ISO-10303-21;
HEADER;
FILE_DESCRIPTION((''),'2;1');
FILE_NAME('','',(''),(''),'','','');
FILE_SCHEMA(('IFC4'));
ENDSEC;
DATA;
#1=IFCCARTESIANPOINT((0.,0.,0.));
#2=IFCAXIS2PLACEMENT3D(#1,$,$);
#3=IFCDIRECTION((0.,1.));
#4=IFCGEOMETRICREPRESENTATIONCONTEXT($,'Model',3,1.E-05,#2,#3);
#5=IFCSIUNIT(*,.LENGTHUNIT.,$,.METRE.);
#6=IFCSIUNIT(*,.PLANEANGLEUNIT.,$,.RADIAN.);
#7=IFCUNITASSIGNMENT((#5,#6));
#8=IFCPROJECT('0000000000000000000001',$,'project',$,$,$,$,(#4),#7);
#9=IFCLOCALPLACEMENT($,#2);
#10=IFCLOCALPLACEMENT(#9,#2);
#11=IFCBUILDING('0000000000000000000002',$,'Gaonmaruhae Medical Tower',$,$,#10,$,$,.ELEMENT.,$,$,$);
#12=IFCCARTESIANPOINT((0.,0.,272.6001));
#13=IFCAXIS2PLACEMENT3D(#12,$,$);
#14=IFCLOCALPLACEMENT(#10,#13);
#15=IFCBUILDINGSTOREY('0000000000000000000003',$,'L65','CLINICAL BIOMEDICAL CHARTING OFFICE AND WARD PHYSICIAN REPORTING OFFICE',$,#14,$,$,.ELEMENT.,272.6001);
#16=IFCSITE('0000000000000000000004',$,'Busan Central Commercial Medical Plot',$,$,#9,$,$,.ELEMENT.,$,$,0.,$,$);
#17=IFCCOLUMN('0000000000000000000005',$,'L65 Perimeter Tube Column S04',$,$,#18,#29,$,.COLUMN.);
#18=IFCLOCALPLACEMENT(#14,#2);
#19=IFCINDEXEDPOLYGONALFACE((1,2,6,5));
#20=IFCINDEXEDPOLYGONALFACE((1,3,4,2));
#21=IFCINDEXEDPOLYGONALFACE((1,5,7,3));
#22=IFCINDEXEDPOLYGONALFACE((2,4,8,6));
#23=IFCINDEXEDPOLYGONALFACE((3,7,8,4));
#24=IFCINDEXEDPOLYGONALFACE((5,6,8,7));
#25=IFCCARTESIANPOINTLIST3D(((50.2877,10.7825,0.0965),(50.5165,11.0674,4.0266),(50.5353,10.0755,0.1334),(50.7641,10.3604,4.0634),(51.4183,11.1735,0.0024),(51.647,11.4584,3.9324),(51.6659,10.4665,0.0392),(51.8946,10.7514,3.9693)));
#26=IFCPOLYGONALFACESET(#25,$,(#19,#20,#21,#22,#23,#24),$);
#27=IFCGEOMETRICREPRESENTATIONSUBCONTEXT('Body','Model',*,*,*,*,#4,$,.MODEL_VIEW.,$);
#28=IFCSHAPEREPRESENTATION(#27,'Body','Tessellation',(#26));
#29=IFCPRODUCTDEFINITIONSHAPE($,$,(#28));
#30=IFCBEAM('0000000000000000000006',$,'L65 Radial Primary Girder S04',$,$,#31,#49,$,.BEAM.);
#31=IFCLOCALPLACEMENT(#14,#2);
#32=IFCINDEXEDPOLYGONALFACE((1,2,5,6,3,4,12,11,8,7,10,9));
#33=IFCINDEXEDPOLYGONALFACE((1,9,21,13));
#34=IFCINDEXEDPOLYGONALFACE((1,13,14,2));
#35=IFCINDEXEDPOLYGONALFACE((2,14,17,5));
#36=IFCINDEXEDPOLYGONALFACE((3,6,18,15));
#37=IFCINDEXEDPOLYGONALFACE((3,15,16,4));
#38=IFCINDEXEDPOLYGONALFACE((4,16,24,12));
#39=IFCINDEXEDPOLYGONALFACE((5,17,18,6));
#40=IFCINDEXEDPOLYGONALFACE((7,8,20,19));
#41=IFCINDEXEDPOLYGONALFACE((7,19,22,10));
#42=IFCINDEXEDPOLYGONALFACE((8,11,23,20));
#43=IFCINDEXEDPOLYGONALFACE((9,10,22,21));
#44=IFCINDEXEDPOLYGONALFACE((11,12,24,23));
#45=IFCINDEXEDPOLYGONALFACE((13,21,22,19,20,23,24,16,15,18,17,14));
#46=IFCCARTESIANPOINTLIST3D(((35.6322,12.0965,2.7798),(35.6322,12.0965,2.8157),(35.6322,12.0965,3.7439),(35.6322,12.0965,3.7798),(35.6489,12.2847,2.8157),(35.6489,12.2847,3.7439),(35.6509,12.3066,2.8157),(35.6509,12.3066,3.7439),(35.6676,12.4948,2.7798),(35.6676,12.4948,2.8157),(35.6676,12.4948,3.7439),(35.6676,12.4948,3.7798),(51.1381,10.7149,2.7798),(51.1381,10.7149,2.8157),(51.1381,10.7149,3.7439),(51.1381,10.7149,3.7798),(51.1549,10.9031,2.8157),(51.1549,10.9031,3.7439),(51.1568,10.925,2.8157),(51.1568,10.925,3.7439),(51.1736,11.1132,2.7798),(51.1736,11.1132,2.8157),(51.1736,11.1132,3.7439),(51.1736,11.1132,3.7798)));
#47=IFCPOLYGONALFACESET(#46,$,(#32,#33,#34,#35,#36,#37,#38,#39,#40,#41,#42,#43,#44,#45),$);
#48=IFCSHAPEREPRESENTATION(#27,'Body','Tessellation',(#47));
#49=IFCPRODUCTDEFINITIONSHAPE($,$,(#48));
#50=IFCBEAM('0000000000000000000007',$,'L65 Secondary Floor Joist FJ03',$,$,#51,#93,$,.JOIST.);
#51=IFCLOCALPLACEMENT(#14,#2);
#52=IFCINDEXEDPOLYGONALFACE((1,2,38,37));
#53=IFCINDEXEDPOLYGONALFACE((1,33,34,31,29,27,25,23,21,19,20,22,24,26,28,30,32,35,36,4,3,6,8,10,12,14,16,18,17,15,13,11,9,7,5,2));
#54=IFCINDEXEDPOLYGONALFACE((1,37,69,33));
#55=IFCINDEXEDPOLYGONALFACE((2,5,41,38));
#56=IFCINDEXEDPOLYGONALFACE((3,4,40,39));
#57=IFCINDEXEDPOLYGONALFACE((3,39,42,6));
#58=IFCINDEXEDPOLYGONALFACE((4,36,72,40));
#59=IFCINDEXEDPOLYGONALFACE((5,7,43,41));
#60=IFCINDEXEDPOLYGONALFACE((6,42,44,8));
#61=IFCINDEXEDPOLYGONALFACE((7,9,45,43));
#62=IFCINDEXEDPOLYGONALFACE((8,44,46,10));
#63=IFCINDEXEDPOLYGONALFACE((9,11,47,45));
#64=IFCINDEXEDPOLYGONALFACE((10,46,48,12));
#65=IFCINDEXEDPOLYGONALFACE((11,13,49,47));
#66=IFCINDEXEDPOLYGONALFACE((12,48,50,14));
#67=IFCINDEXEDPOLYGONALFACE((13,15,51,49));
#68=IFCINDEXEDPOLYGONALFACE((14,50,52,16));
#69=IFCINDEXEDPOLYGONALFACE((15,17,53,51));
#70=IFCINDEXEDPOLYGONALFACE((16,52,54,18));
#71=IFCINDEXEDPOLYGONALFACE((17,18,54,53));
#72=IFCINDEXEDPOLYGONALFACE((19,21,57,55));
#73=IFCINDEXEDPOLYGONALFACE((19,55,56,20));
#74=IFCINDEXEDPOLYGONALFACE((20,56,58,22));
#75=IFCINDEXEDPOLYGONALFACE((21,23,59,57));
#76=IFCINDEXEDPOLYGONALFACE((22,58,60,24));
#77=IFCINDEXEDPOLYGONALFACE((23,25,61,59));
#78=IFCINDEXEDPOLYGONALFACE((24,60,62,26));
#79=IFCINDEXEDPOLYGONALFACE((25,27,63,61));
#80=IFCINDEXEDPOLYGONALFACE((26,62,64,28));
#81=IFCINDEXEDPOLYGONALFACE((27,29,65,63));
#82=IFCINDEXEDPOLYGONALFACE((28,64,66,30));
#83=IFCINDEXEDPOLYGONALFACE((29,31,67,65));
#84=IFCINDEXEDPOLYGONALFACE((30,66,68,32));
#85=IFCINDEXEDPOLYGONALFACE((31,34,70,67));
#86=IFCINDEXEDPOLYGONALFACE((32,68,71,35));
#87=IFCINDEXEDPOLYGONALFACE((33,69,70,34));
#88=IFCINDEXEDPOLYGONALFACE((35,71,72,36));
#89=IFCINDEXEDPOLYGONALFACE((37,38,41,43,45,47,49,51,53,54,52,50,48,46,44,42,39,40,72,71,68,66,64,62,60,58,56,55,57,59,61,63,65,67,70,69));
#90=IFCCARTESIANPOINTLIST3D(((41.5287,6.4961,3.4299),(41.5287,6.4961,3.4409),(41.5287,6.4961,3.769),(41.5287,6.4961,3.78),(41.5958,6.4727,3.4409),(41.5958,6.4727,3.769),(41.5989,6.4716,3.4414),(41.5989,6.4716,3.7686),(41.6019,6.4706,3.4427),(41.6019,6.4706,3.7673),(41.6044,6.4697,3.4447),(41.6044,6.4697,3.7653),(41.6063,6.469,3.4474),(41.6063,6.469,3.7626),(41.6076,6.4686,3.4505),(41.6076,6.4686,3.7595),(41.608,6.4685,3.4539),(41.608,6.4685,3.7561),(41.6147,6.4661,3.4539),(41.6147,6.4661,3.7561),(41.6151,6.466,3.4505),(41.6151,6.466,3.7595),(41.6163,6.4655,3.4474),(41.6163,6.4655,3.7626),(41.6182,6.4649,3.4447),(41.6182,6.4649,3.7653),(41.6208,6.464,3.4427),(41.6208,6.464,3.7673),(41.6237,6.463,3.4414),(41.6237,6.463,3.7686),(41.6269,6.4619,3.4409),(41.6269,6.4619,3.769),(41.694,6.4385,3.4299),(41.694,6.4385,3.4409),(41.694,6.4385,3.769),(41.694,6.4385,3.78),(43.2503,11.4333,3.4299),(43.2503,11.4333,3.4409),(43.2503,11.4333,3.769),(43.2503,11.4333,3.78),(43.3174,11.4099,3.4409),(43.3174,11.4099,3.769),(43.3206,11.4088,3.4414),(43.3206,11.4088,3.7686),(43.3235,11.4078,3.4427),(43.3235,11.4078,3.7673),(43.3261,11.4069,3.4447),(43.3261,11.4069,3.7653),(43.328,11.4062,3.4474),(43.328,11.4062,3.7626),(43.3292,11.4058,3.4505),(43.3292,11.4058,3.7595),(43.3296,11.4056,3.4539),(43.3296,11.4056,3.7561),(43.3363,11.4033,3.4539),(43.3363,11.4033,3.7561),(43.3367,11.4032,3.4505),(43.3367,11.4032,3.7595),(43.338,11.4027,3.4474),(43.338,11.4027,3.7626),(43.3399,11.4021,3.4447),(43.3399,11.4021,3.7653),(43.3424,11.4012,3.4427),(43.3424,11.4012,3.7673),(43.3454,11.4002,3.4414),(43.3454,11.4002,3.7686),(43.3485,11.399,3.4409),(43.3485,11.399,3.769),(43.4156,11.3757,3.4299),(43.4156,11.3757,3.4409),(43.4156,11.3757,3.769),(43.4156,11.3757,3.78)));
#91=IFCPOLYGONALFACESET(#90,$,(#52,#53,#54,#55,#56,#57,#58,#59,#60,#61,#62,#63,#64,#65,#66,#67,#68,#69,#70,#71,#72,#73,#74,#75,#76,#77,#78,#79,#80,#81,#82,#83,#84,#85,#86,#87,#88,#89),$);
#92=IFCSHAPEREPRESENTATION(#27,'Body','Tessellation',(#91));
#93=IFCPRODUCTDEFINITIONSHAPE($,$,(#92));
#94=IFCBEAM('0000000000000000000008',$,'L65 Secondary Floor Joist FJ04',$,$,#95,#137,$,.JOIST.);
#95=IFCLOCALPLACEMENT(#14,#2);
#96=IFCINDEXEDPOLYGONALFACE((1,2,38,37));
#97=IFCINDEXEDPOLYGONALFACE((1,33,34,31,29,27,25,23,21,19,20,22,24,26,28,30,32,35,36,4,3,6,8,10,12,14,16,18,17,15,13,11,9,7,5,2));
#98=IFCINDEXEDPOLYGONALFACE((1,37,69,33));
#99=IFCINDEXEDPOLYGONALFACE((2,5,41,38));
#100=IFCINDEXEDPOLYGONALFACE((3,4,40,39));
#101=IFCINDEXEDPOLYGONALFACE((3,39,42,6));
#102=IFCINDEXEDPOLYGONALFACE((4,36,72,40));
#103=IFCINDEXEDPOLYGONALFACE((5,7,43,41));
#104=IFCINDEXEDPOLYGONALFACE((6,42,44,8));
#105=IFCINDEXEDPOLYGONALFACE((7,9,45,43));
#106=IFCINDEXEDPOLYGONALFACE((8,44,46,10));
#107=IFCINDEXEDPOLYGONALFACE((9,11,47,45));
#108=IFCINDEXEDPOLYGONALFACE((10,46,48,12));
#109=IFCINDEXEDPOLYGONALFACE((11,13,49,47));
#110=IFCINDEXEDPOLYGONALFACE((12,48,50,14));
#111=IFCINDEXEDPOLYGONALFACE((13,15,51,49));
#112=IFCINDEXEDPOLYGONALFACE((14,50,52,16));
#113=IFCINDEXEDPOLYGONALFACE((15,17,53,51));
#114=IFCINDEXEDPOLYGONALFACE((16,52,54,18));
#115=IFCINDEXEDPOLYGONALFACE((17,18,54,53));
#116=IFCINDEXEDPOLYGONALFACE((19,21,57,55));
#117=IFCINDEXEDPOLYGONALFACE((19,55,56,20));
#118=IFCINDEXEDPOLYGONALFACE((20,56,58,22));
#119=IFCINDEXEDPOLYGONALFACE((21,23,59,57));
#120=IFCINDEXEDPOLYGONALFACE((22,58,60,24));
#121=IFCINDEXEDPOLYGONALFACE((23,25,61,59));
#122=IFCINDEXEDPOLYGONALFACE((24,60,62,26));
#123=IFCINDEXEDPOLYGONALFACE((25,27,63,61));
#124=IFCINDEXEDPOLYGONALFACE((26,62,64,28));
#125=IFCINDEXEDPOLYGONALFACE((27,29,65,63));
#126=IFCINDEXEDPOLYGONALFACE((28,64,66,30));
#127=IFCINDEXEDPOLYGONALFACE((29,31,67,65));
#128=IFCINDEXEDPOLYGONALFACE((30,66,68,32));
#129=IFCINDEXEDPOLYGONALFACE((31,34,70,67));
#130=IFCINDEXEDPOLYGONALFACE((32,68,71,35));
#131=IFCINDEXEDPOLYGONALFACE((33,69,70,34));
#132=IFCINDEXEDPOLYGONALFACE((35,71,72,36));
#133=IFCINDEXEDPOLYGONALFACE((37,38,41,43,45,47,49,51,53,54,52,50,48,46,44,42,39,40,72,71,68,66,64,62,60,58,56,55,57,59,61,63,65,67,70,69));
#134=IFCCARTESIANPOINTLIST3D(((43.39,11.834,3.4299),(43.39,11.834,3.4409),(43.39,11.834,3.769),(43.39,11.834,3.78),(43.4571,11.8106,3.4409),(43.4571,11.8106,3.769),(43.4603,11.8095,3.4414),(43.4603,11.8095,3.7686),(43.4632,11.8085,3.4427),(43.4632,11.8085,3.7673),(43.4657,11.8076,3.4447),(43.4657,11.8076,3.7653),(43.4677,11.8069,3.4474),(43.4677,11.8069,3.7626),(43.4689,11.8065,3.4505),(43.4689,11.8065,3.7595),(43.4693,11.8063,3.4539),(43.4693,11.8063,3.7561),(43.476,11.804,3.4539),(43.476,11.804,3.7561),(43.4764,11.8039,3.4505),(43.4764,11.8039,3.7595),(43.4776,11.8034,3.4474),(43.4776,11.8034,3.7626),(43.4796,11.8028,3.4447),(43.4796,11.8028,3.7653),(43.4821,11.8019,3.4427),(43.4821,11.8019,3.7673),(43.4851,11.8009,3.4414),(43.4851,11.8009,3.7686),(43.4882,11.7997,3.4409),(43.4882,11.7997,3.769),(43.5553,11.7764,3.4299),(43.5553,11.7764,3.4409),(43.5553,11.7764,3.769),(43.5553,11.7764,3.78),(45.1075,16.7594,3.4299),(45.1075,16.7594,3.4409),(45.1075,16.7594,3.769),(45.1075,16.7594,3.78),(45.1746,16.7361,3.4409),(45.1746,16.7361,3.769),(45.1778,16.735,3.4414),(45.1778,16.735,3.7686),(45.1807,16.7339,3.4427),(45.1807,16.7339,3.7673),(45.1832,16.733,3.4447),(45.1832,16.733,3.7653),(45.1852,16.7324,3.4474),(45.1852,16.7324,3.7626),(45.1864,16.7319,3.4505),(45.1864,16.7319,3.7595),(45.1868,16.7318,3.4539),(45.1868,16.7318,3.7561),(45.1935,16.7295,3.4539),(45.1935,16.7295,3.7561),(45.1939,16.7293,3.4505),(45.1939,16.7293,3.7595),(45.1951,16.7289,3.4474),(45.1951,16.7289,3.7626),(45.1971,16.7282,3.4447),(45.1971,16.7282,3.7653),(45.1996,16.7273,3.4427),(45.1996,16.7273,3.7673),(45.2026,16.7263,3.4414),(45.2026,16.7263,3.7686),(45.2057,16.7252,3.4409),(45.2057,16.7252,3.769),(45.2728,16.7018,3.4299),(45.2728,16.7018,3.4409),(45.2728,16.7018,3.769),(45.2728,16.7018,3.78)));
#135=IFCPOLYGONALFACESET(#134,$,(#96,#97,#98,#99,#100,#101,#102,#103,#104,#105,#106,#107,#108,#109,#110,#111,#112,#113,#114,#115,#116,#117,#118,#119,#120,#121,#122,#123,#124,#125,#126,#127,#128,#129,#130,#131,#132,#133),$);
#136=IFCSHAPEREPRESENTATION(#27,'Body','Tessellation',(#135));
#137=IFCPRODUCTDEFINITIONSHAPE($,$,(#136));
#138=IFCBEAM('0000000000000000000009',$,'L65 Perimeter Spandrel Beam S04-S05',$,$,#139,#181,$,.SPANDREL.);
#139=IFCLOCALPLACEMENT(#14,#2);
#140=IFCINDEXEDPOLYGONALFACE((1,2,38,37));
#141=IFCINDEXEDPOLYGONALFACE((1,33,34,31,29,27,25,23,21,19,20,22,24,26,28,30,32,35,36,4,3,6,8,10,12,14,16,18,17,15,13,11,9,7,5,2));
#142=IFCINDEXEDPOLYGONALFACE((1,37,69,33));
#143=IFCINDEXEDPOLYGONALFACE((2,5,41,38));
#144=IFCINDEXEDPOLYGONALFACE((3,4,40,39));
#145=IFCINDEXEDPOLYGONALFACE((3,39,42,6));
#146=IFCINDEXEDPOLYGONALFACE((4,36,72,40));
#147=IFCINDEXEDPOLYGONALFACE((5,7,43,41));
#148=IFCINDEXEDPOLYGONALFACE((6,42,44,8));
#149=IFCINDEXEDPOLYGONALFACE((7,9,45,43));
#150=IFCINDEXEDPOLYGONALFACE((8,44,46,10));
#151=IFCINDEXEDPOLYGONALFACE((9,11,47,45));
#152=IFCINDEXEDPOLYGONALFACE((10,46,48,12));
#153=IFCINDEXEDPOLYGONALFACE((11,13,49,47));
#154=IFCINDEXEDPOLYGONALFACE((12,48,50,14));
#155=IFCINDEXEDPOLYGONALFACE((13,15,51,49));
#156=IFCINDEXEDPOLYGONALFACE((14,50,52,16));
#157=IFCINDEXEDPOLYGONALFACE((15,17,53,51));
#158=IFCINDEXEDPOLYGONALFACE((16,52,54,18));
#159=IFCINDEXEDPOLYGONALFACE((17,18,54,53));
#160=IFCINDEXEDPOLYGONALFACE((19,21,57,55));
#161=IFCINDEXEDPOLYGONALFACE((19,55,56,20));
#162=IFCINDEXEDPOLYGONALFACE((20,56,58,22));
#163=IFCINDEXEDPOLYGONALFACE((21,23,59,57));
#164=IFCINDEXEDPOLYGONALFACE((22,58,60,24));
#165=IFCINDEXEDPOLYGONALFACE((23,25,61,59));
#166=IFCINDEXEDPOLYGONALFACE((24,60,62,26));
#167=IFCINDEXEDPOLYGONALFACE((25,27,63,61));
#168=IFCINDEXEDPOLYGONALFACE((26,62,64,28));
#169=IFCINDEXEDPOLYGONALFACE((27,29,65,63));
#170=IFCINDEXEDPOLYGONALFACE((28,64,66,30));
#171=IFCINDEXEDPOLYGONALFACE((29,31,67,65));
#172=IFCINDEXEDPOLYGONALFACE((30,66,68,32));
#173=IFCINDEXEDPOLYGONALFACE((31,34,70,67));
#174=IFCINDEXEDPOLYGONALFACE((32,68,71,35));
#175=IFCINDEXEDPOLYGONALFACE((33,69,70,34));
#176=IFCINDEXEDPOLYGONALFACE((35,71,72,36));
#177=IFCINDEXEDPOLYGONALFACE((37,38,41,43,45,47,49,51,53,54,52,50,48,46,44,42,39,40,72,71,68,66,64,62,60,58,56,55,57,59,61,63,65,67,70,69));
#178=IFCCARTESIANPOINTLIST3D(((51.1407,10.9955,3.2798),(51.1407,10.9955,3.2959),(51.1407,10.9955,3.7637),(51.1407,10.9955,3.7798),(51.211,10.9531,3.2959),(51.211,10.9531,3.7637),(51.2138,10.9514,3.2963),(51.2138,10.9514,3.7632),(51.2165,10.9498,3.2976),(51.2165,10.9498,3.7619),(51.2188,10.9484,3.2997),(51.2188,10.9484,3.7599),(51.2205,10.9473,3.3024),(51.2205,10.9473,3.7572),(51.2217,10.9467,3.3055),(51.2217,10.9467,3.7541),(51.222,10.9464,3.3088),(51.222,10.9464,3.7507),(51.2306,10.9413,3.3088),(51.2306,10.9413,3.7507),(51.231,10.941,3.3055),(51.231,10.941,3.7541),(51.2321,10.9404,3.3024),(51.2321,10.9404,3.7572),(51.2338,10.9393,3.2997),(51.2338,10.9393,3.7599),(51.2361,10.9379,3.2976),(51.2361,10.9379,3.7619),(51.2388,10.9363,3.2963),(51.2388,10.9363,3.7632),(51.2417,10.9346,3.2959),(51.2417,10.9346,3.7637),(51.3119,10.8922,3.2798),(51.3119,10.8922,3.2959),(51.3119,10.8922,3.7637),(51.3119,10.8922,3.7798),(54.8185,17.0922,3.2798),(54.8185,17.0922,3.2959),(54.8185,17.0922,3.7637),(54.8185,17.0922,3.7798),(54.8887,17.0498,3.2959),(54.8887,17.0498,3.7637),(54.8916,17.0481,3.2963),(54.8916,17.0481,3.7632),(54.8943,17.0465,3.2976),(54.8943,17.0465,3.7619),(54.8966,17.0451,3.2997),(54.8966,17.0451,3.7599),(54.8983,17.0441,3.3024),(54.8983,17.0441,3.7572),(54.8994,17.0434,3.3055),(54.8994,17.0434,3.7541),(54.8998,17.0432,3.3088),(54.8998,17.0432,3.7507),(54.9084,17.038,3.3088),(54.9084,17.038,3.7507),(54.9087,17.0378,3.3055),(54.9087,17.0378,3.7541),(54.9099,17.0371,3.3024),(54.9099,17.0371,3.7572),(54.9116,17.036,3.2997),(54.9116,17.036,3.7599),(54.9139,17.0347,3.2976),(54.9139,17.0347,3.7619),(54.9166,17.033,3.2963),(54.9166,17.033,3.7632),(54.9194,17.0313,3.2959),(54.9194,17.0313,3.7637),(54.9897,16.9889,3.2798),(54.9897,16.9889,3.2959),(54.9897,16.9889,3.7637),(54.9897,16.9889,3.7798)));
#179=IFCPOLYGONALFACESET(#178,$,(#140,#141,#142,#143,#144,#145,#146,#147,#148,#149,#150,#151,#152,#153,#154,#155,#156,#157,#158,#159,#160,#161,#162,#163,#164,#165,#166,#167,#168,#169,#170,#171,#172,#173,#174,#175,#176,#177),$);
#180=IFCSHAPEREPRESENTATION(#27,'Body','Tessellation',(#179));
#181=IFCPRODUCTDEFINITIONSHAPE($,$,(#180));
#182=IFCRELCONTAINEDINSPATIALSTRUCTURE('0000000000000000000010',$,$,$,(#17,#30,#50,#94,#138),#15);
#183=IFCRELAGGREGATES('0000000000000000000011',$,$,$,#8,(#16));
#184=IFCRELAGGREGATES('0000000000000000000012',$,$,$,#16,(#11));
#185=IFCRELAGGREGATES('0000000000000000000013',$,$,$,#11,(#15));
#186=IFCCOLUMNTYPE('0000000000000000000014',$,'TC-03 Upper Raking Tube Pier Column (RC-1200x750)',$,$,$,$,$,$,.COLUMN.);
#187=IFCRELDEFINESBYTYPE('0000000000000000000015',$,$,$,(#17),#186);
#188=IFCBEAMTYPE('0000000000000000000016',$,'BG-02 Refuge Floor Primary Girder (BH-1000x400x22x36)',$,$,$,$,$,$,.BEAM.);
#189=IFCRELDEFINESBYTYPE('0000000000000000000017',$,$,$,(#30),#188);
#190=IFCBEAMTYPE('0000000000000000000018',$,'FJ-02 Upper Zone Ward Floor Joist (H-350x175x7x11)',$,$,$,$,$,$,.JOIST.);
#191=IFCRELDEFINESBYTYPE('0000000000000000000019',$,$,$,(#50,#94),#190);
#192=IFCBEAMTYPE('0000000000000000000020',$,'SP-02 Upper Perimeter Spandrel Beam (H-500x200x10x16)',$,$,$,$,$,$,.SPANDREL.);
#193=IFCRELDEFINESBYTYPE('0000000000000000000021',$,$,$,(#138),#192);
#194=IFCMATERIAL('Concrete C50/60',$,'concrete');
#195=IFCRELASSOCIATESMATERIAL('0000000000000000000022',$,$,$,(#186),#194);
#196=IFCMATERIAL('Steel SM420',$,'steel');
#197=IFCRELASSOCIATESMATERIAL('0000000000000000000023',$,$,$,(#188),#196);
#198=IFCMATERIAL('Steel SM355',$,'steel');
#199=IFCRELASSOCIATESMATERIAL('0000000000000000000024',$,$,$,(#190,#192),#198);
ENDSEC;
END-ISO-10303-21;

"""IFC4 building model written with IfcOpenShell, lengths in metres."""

from ifc_helpers import new_model, si_unit, direction, frame, origin, origin_2d, place, context, subcontext, project, spatial, rectangle, i_section, extrude, material, material_profile, profile_set, type_object, element, save


model = new_model("IFC4")

# Units and contexts
model_context = context("Model", 3, precision=1e-05, world=origin(), true_north=direction((0.0, 1.0)))
body_context = subcontext(model_context, "Body", "Model", "MODEL_VIEW")
ifc_project = project(units=[si_unit("LENGTHUNIT", "METRE"), si_unit("PLANEANGLEUNIT", "RADIAN")], contexts=[model_context])

# Site, building, storey
site_placement = place(None, origin())
site = spatial("IfcSite", under=ifc_project, at=site_placement, Name="Busan Central Commercial Medical Plot", CompositionType="ELEMENT", RefElevation=0.0)
building_placement = place(site_placement, origin())
building = spatial("IfcBuilding", under=site, at=building_placement, Name="Gaonmaruhae Medical Tower", CompositionType="ELEMENT")
storey_placement = place(building_placement, frame((0.0, 0.0, 272.6001)))
storey = spatial("IfcBuildingStorey", under=building, at=storey_placement, Name="L65", Description="CLINICAL BIOMEDICAL CHARTING OFFICE AND WARD PHYSICIAN REPORTING OFFICE", CompositionType="ELEMENT", Elevation=272.6001)

# Column
ifc_material_1 = material(Name="Concrete C50/60", Category="concrete")
ifc_material_profile_1 = material_profile(ifc_material_1, rectangle(XDim=1.2, YDim=0.75, at=origin_2d()), Name="RC-1200x750")
ifc_profile_set_1 = profile_set([ifc_material_profile_1], Name="Concrete C50/60")
column_type = type_object("IfcColumnType", Name="TC-03 Upper Raking Tube Pier Column (RC-1200x750)", PredefinedType="COLUMN", material=ifc_profile_set_1)
column_placement = place(storey_placement, frame((50.9768, 10.6245, 0.0679), z_axis=(0.057956, 0.072182, 0.995706), x_axis=(-0.942164, -0.32584, 0.078461)))
element("IfcColumn", 1, at=column_placement, inside=storey, type_object=column_type, Name="L65 Perimeter Tube Column S04", PredefinedType="COLUMN", context=body_context, shape_type="SweptSolid", body=[
    extrude(rectangle(XDim=1.2, YDim=0.75, at=origin_2d()), origin(), (0.0, 0.0, 1.0), 3.947),
])

# Beams
ifc_material_2 = material(Name="Steel SM420", Category="steel")
ifc_material_profile_2 = material_profile(ifc_material_2, i_section(OverallWidth=0.3999, OverallDepth=1.0, WebThickness=0.022, FlangeThickness=0.0359, at=origin_2d()), Name="BH-1000x400x22x36")
ifc_profile_set_2 = profile_set([ifc_material_profile_2], Name="Steel SM420")
beam_type_1 = type_object("IfcBeamType", Name="BG-02 Refuge Floor Primary Girder (BH-1000x400x22x36)", PredefinedType="BEAM", material=ifc_profile_set_2)
beam_1_placement = place(storey_placement, frame((35.6499, 12.2957, 3.2798), z_axis=(0.996054, -0.08875, 0.0), x_axis=(0.08875, 0.996054, 0.0)))
element("IfcBeam", 2, at=beam_1_placement, inside=storey, type_object=beam_type_1, Name="L65 Radial Primary Girder S04", PredefinedType="BEAM", context=body_context, shape_type="SweptSolid", body=[
    extrude(i_section(OverallWidth=0.3999, OverallDepth=1.0, WebThickness=0.022, FlangeThickness=0.0359, at=origin_2d()), origin(), (0.0, 0.0, 1.0), 15.5674),
])
ifc_material_3 = material(Name="Steel SM355", Category="steel")
ifc_material_profile_3 = material_profile(ifc_material_3, i_section(OverallWidth=0.175, OverallDepth=0.3501, WebThickness=0.0071, FlangeThickness=0.011, FilletRadius=0.0129, at=origin_2d()), Name="H-350x175x7x11")
ifc_profile_set_3 = profile_set([ifc_material_profile_3], Name="Steel SM355")
beam_type_2 = type_object("IfcBeamType", Name="FJ-02 Upper Zone Ward Floor Joist (H-350x175x7x11)", PredefinedType="JOIST", material=ifc_profile_set_3)
beam_2_placement = place(storey_placement, frame((41.6113, 6.4673, 3.605), z_axis=(0.329267, 0.944237, 0.0), x_axis=(-0.944237, 0.329267, 0.0)))
element("IfcBeam", 3, at=beam_2_placement, inside=storey, type_object=beam_type_2, Name="L65 Secondary Floor Joist FJ03", PredefinedType="JOIST", context=body_context, shape_type="SweptSolid", body=[
    extrude(i_section(OverallWidth=0.175, OverallDepth=0.3501, WebThickness=0.0071, FlangeThickness=0.011, FilletRadius=0.0129, at=origin_2d()), origin(), (0.0, 0.0, 1.0), 5.2288),
])
beam_3_placement = place(storey_placement, frame((43.4727, 11.8052, 3.605), z_axis=(0.329256, 0.944241, 0.0), x_axis=(-0.944241, 0.329256, 0.0)))
element("IfcBeam", 4, at=beam_3_placement, inside=storey, type_object=beam_type_2, Name="L65 Secondary Floor Joist FJ04", PredefinedType="JOIST", context=body_context, shape_type="SweptSolid", body=[
    extrude(i_section(OverallWidth=0.175, OverallDepth=0.3501, WebThickness=0.0071, FlangeThickness=0.011, FilletRadius=0.0129, at=origin_2d()), origin(), (0.0, 0.0, 1.0), 5.2163),
])
ifc_material_profile_4 = material_profile(ifc_material_3, i_section(OverallWidth=0.2, OverallDepth=0.5, WebThickness=0.01, FlangeThickness=0.0161, FilletRadius=0.0129, at=origin_2d()), Name="H-500x200x10x16")
ifc_profile_set_4 = profile_set([ifc_material_profile_4], Name="Steel SM355")
beam_type_3 = type_object("IfcBeamType", Name="SP-02 Upper Perimeter Spandrel Beam (H-500x200x10x16)", PredefinedType="SPANDREL", material=ifc_profile_set_4)
beam_4_placement = place(storey_placement, frame((51.2263, 10.9438, 3.5298), z_axis=(0.516531, 0.856268, 0.0), x_axis=(-0.856268, 0.516531, 0.0)))
element("IfcBeam", 5, at=beam_4_placement, inside=storey, type_object=beam_type_3, Name="L65 Perimeter Spandrel Beam S04-S05", PredefinedType="SPANDREL", context=body_context, shape_type="SweptSolid", body=[
    extrude(i_section(OverallWidth=0.2, OverallDepth=0.5, WebThickness=0.01, FlangeThickness=0.0161, FilletRadius=0.0129, at=origin_2d()), origin(), (0.0, 0.0, 1.0), 7.1201),
])

save(model, "model.ifc")
